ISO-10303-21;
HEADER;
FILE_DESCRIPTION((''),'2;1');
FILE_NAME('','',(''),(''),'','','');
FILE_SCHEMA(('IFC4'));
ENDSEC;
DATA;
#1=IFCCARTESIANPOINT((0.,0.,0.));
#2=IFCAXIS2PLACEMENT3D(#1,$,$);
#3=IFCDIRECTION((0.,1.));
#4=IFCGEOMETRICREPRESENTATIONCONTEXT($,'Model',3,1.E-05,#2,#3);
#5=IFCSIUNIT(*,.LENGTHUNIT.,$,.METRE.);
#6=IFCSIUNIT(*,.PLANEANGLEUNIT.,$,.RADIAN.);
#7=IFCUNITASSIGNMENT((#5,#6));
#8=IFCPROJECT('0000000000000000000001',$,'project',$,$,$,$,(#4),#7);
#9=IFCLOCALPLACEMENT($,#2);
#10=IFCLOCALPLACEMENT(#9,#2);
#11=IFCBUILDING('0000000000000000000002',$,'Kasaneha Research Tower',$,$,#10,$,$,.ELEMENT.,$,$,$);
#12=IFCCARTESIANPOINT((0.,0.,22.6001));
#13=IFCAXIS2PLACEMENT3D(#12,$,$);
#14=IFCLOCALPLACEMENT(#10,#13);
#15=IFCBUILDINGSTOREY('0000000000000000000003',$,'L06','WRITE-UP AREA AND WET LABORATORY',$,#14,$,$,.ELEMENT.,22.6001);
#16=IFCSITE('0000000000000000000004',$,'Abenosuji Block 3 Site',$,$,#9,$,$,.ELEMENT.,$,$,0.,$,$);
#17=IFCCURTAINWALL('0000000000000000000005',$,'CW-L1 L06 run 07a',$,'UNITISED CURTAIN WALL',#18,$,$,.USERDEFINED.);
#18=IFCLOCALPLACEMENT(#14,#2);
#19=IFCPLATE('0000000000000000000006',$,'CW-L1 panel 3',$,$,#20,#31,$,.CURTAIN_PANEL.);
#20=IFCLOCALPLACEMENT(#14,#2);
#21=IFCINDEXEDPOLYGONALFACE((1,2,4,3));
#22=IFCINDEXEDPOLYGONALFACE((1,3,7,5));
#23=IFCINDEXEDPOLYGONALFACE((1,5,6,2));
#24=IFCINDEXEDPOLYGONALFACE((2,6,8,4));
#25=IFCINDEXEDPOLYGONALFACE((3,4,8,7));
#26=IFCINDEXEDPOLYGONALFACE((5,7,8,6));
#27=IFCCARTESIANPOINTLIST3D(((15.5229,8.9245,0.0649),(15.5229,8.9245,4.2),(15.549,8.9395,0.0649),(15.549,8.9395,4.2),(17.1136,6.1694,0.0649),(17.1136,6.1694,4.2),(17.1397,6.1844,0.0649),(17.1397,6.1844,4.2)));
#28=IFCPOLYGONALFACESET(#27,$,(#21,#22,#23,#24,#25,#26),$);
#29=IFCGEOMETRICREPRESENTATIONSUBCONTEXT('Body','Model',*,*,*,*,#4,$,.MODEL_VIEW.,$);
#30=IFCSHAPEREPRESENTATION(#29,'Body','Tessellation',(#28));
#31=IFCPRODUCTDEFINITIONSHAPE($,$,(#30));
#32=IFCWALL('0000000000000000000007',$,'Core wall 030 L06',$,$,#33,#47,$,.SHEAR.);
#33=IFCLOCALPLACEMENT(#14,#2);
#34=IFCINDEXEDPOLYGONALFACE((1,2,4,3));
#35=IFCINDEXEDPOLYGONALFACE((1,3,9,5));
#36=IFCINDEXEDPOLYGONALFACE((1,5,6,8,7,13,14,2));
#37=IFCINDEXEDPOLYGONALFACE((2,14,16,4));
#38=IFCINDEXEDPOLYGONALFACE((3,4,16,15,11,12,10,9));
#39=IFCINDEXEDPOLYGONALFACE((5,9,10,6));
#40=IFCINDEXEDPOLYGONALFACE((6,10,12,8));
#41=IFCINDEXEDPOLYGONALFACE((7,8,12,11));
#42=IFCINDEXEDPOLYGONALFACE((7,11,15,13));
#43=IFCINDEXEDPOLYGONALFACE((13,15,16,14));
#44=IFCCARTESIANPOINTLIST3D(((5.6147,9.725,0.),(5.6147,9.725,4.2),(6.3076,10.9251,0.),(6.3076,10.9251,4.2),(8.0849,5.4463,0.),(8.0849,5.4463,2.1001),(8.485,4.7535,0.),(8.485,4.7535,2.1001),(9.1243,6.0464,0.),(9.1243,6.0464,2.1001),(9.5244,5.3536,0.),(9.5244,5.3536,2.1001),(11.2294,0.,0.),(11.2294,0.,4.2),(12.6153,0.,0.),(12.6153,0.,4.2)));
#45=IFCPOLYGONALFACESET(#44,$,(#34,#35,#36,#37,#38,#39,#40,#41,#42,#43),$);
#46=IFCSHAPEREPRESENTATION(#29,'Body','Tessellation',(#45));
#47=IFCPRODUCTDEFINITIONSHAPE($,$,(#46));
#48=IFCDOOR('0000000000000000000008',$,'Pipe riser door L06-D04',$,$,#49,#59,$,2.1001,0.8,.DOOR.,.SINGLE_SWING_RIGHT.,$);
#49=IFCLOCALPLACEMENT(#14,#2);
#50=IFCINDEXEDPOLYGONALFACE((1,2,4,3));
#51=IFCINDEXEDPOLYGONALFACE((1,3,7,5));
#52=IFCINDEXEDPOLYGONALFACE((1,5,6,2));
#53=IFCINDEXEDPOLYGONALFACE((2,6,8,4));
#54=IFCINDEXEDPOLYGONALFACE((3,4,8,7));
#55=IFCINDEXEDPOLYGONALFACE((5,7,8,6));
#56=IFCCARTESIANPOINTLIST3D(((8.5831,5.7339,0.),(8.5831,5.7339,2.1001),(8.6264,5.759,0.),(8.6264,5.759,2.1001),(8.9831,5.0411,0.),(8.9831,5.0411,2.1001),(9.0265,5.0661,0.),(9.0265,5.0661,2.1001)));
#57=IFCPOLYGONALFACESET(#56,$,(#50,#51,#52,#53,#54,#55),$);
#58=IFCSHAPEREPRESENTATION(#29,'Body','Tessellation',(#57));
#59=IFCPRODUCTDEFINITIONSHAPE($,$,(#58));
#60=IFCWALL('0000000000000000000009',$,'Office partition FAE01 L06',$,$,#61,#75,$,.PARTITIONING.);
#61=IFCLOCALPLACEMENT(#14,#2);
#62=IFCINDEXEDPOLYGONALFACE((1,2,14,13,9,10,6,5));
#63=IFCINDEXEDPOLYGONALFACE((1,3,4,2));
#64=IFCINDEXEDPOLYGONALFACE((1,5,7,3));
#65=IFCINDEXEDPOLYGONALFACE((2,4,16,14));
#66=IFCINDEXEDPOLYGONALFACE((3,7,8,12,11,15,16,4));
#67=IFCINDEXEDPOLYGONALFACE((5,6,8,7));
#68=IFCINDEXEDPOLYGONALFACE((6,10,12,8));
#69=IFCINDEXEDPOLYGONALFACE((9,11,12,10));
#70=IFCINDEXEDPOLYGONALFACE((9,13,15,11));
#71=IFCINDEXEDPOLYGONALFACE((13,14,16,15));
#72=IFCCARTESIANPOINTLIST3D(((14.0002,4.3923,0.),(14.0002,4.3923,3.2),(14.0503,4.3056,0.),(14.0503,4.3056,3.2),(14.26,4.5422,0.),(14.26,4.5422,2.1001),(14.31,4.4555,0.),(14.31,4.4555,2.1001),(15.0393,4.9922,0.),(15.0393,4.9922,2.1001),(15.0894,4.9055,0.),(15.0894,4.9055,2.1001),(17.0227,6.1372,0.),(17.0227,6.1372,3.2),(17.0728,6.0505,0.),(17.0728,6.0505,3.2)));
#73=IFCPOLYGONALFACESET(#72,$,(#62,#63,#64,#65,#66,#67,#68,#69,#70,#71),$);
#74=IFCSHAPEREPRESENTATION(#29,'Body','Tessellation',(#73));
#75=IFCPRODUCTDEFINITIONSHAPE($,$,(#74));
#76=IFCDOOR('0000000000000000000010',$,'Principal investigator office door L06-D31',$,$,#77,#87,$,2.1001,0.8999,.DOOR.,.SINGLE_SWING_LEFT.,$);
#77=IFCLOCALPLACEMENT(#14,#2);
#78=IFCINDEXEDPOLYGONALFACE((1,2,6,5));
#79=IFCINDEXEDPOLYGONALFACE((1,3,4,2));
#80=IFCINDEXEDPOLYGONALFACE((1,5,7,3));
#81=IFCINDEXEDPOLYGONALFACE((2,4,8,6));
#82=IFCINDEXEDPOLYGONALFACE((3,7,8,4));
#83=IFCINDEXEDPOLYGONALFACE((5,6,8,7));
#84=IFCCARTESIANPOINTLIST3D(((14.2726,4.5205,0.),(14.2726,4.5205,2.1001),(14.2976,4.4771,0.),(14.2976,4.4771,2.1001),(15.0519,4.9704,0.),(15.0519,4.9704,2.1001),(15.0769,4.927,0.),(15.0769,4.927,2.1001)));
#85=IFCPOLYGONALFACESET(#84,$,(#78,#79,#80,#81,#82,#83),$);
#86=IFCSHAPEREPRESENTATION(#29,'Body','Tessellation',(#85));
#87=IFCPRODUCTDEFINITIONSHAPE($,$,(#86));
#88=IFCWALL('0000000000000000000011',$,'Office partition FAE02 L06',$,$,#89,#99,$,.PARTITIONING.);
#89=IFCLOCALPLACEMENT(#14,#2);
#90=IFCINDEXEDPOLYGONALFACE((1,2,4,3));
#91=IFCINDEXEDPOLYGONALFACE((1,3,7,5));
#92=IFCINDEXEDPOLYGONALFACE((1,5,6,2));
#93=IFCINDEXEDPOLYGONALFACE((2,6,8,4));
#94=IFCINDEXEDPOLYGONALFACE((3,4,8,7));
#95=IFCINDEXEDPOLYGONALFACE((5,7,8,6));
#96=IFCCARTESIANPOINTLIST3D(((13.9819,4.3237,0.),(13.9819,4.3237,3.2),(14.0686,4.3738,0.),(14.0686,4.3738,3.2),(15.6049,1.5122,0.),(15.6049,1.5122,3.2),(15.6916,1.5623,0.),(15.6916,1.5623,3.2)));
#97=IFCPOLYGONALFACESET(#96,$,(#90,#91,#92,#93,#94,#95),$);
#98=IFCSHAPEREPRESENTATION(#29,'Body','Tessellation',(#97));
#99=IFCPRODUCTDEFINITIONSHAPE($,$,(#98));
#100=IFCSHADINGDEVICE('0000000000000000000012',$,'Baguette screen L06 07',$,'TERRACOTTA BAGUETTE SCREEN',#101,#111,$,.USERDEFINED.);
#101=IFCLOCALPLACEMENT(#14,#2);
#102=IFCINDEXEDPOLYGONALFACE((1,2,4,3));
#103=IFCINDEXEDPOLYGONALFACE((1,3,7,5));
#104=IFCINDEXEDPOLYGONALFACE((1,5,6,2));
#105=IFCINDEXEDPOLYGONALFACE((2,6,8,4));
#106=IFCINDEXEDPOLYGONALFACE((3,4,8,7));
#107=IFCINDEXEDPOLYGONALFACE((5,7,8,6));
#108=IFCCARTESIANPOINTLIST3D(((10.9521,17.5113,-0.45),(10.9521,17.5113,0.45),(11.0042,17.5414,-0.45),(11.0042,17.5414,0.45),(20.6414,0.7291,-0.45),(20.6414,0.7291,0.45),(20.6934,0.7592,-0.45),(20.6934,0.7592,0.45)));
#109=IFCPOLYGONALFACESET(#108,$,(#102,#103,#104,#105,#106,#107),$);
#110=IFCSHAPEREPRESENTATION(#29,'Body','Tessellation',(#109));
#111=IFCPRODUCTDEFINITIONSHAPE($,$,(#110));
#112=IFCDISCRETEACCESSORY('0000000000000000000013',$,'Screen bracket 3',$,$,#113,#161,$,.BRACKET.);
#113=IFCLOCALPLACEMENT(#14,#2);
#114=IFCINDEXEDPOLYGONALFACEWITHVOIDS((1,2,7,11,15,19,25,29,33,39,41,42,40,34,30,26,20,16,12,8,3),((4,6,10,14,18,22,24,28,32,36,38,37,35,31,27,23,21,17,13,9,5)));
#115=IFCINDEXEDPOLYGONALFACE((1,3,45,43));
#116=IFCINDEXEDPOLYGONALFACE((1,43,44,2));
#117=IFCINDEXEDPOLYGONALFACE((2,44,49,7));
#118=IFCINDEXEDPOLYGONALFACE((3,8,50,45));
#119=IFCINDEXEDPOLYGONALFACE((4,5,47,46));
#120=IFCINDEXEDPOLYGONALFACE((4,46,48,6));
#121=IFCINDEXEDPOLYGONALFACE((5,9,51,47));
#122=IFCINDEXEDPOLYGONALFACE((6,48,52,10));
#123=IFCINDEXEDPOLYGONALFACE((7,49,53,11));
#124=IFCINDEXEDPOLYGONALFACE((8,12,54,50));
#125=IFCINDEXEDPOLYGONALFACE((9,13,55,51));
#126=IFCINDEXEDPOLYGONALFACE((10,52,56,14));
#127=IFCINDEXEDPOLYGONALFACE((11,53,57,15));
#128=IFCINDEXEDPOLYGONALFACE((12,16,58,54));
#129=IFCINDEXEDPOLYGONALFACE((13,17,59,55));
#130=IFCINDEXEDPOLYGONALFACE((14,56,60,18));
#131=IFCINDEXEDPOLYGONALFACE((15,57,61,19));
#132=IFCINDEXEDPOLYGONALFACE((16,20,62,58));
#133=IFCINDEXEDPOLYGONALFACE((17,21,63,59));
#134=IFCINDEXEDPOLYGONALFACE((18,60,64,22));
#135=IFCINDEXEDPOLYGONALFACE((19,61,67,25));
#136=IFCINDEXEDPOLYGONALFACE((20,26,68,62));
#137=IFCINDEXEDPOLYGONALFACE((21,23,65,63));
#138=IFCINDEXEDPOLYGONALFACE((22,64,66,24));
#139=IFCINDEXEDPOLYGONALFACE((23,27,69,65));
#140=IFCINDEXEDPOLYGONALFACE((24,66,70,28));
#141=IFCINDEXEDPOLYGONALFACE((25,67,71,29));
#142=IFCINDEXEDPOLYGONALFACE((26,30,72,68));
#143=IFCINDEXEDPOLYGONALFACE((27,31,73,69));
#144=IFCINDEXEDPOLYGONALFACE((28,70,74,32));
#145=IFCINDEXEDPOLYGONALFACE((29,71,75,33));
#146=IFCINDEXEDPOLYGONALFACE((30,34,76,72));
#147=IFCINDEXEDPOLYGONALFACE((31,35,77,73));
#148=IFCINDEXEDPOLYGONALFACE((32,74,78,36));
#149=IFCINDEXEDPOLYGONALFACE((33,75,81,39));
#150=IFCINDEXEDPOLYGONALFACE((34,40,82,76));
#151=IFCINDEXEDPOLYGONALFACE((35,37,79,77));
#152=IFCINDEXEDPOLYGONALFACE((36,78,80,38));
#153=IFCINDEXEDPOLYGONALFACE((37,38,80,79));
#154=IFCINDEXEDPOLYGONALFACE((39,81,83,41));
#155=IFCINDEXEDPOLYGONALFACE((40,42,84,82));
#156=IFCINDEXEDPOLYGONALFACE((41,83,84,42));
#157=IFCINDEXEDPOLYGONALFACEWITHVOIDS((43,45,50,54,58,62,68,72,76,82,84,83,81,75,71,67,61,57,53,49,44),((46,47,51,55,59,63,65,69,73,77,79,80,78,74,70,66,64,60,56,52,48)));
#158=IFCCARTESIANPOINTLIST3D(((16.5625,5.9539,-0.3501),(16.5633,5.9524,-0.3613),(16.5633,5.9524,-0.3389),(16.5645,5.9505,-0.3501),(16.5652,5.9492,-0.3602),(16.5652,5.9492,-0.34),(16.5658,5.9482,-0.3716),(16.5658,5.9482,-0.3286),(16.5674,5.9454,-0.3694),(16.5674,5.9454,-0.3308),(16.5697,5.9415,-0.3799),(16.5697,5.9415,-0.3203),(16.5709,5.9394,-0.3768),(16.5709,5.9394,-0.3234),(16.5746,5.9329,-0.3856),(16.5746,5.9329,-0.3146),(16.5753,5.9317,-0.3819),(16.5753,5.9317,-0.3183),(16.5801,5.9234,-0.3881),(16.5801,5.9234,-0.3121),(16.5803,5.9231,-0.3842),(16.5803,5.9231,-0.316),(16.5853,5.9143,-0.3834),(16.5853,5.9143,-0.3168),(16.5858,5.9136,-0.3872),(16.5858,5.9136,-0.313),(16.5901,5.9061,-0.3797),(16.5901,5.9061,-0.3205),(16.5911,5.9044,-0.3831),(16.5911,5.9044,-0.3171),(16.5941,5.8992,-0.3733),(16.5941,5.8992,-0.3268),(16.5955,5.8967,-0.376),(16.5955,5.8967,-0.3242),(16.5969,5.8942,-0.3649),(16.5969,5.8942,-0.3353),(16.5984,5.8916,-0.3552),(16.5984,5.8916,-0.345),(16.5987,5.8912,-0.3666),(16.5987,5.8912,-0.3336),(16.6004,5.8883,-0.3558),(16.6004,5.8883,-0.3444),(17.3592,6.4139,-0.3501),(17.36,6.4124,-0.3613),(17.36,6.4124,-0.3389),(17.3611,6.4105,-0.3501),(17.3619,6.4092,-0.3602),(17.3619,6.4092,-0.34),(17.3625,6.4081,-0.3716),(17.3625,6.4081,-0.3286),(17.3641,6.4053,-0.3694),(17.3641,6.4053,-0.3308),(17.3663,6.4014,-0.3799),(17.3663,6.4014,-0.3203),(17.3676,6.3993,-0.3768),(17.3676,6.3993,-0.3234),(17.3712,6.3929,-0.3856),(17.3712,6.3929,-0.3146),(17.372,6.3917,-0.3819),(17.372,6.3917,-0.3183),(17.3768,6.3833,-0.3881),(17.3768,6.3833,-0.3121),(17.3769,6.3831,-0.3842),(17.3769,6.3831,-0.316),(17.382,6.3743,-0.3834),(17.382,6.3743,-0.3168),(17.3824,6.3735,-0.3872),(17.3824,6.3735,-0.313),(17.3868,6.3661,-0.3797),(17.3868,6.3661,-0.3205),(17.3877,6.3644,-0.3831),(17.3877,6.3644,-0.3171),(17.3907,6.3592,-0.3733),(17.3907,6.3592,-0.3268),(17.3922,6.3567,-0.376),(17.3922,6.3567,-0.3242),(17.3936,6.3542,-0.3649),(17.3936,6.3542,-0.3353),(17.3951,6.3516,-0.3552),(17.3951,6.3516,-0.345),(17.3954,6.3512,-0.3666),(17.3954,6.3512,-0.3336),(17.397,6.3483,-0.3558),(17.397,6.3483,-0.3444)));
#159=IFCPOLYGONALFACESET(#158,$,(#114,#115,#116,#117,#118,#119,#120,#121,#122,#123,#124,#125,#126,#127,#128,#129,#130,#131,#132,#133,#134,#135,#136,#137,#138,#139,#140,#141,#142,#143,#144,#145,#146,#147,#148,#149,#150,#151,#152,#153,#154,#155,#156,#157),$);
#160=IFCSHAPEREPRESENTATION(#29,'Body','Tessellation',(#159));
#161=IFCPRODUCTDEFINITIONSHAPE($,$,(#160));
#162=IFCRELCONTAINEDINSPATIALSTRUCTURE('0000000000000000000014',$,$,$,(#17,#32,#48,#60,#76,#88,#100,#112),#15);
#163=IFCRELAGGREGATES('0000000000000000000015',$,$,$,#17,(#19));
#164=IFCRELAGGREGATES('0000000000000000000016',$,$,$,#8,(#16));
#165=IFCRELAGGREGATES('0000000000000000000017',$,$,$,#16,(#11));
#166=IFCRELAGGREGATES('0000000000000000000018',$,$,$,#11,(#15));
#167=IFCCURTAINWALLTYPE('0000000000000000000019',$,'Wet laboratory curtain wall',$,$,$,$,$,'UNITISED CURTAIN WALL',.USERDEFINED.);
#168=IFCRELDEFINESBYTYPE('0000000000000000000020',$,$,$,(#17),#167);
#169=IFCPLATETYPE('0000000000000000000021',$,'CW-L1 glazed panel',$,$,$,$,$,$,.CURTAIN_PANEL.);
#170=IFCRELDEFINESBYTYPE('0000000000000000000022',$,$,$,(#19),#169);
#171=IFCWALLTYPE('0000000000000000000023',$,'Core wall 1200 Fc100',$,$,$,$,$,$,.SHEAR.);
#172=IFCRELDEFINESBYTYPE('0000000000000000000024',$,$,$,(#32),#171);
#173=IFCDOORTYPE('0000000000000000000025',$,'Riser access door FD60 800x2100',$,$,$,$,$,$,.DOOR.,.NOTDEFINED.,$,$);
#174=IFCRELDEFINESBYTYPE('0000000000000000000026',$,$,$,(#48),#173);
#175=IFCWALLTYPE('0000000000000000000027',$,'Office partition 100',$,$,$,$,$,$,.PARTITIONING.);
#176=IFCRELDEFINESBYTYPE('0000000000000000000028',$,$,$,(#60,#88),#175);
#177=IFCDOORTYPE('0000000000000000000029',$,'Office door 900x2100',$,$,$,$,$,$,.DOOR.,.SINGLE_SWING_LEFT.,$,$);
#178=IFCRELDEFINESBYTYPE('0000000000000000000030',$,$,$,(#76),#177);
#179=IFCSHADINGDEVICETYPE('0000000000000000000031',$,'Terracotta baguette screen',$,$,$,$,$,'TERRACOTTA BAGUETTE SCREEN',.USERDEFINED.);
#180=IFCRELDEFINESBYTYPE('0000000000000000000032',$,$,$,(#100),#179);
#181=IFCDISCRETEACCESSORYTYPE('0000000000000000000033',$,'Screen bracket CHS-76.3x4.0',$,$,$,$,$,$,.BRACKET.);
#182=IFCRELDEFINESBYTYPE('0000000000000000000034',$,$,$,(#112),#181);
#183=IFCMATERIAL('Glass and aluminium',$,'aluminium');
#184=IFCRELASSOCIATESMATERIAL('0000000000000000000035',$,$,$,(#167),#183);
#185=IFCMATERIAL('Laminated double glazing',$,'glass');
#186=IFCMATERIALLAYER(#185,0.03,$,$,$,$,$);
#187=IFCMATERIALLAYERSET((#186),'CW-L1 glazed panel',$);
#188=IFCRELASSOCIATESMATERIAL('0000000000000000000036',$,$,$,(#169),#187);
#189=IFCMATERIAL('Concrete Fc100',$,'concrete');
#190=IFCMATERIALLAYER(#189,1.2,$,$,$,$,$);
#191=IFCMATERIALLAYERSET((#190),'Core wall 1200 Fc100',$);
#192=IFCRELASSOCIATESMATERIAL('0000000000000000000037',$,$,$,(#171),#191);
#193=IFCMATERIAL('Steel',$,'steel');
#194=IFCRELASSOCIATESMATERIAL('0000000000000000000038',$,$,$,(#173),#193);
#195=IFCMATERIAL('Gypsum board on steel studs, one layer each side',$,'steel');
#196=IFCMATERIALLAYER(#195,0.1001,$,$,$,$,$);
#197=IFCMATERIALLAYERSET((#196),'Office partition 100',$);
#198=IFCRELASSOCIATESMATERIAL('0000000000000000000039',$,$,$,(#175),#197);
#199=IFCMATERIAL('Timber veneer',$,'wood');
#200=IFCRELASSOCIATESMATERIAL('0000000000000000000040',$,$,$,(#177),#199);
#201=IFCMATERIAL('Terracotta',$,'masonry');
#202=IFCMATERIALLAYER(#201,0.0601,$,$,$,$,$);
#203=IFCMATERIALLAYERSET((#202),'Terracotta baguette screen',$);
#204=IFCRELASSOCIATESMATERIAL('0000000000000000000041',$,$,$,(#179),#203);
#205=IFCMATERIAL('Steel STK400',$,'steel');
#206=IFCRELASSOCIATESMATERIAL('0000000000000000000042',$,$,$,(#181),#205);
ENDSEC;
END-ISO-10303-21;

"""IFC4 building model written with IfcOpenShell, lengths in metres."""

from ifc_helpers import new_model, si_unit, direction, frame, frame_2d, origin, origin_2d, place, context, subcontext, project, spatial, polyline, rectangle, hollow_circle, outline, extrude, material, layer, layer_set, material_profile, profile_set, type_object, element, fill, aggregate, save


model = new_model("IFC4")

# Units and contexts
model_context = context("Model", 3, precision=1e-05, world=origin(), true_north=direction((0.0, 1.0)))
body_context = subcontext(model_context, "Body", "Model", "MODEL_VIEW")
ifc_project = project(units=[si_unit("LENGTHUNIT", "METRE"), si_unit("PLANEANGLEUNIT", "RADIAN")], contexts=[model_context])

# Site, building, storey
site_placement = place(None, origin())
site = spatial("IfcSite", under=ifc_project, at=site_placement, Name="Abenosuji Block 3 Site", CompositionType="ELEMENT", RefElevation=0.0)
building_placement = place(site_placement, origin())
building = spatial("IfcBuilding", under=site, at=building_placement, Name="Kasaneha Research Tower", CompositionType="ELEMENT")
storey_placement = place(building_placement, frame((0.0, 0.0, 22.6001)))
storey = spatial("IfcBuildingStorey", under=building, at=storey_placement, Name="L06", Description="WRITE-UP AREA AND WET LABORATORY", CompositionType="ELEMENT", Elevation=22.6001)

# Curtain wall
ifc_material_1 = material(Name="Glass and aluminium", Category="aluminium")
curtain_wall_type = type_object("IfcCurtainWallType", Name="Wet laboratory curtain wall", ElementType="UNITISED CURTAIN WALL", PredefinedType="USERDEFINED", material=ifc_material_1)
curtain_wall_placement = place(storey_placement, origin())
curtain_wall = element("IfcCurtainWall", 1, at=curtain_wall_placement, inside=storey, type_object=curtain_wall_type, Name="CW-L1 L06 run 07a", ObjectType="UNITISED CURTAIN WALL", PredefinedType="USERDEFINED")

# Plate
ifc_material_2 = material(Name="Laminated double glazing", Category="glass")
ifc_layer_1 = layer(ifc_material_2, 0.03)
ifc_layer_set_1 = layer_set([ifc_layer_1], Name="CW-L1 glazed panel")
plate_type = type_object("IfcPlateType", Name="CW-L1 glazed panel", PredefinedType="CURTAIN_PANEL", material=ifc_layer_set_1)
plate_placement = place(storey_placement, frame((16.3313, 7.5544, 0.0649), z_axis=(0.0, 0.0, 1.0), x_axis=(-0.5, 0.866025, 0.0)))
plate = element("IfcPlate", 2, at=plate_placement, type_object=plate_type, Name="CW-L1 panel 3", PredefinedType="CURTAIN_PANEL", context=body_context, shape_type="SweptSolid", body=[
    extrude(rectangle(XDim=3.1814, YDim=0.03, at=origin_2d()), origin(), (0.0, 0.0, 1.0), 4.135),
])
aggregate(curtain_wall, [plate])

# Walls, openings, doors
ifc_material_3 = material(Name="Concrete Fc100", Category="concrete")
ifc_layer_2 = layer(ifc_material_3, 1.2)
ifc_layer_set_2 = layer_set([ifc_layer_2], Name="Core wall 1200 Fc100")
wall_type_1 = type_object("IfcWallType", Name="Core wall 1200 Fc100", PredefinedType="SHEAR", material=ifc_layer_set_2)
wall_1_placement = place(storey_placement, frame((11.9224, 0.0, 0.0), z_axis=(0.0, 0.0, 1.0), x_axis=(-0.500004, 0.866023, 0.0)))
wall_1 = element("IfcWall", 3, at=wall_1_placement, inside=storey, type_object=wall_type_1, Name="Core wall 030 L06", PredefinedType="SHEAR", context=body_context, shape_type="SweptSolid", body=[
    extrude(outline(polyline([(-0.3464, -0.6001), (5.8354, -0.6001), (6.6355, -0.6001), (12.2688, -0.6001), (11.5759, 0.6001), (6.6355, 0.6001), (5.8354, 0.6001), (0.3464, 0.6001), (-0.3464, -0.6001)])), origin(), (0.0, 0.0, 1.0), 4.2),
])
opening_1_placement = place(wall_1_placement, frame((5.8354, 0.0, 0.0)))
opening_1 = element("IfcOpeningElement", 4, at=opening_1_placement, cuts=wall_1, PredefinedType="OPENING", context=body_context, shape_type="SweptSolid", body=[
    extrude(rectangle(XDim=0.8, YDim=2.1001, at=frame_2d((0.3999, 1.05))), frame((0.0, 0.6099, 0.0), z_axis=(0.0, -1.0, 0.0), x_axis=(1.0, 0.0, 0.0)), (0.0, 0.0, 1.0), 1.22),
])
ifc_material_4 = material(Name="Steel", Category="steel")
door_type_1 = type_object("IfcDoorType", Name="Riser access door FD60 800x2100", OperationType="NOTDEFINED", PredefinedType="DOOR", material=ifc_material_4)
door_1_placement = place(opening_1_placement, origin())
door_1 = element("IfcDoor", 5, at=door_1_placement, inside=storey, type_object=door_type_1, Name="Pipe riser door L06-D04", OperationType="SINGLE_SWING_RIGHT", OverallHeight=2.1001, OverallWidth=0.8, PredefinedType="DOOR", context=body_context, shape_type="SweptSolid", body=[
    extrude(rectangle(XDim=0.8, YDim=2.1001, at=frame_2d((0.3999, 1.05))), frame((0.0, 0.0249, 0.0), z_axis=(0.0, -1.0, 0.0), x_axis=(1.0, 0.0, 0.0)), (0.0, 0.0, 1.0), 0.05),
])
fill(opening_1, door_1)
ifc_material_5 = material(Name="Gypsum board on steel studs, one layer each side", Category="steel")
ifc_layer_3 = layer(ifc_material_5, 0.1001)
ifc_layer_set_3 = layer_set([ifc_layer_3], Name="Office partition 100")
wall_type_2 = type_object("IfcWallType", Name="Office partition 100", PredefinedType="PARTITIONING", material=ifc_layer_set_3)
wall_2_placement = place(storey_placement, frame((14.0251, 4.3489, 0.0), z_axis=(0.0, 0.0, 1.0), x_axis=(0.866043, 0.499969, 0.0)))
wall_2 = element("IfcWall", 6, at=wall_2_placement, inside=storey, type_object=wall_type_2, Name="Office partition FAE01 L06", PredefinedType="PARTITIONING", context=body_context, shape_type="SweptSolid", body=[
    extrude(rectangle(XDim=3.49, YDim=0.1001, at=frame_2d((1.7451, 0.0))), origin(), (0.0, 0.0, 1.0), 3.2),
])
opening_2_placement = place(wall_2_placement, frame((0.3, 0.0, 0.0)))
opening_2 = element("IfcOpeningElement", 7, at=opening_2_placement, cuts=wall_2, PredefinedType="OPENING", context=body_context, shape_type="SweptSolid", body=[
    extrude(rectangle(XDim=0.8999, YDim=2.1001, at=frame_2d((0.45, 1.05))), frame((0.0, 0.0601, 0.0), z_axis=(0.0, -1.0, 0.0), x_axis=(1.0, 0.0, 0.0)), (0.0, 0.0, 1.0), 0.1201),
])
ifc_material_6 = material(Name="Timber veneer", Category="wood")
door_type_2 = type_object("IfcDoorType", Name="Office door 900x2100", OperationType="SINGLE_SWING_LEFT", PredefinedType="DOOR", material=ifc_material_6)
door_2_placement = place(opening_2_placement, origin())
door_2 = element("IfcDoor", 8, at=door_2_placement, inside=storey, type_object=door_type_2, Name="Principal investigator office door L06-D31", OperationType="SINGLE_SWING_LEFT", OverallHeight=2.1001, OverallWidth=0.8999, PredefinedType="DOOR", context=body_context, shape_type="SweptSolid", body=[
    extrude(rectangle(XDim=0.8999, YDim=2.1001, at=frame_2d((0.45, 1.05))), frame((0.0, 0.0249, 0.0), z_axis=(0.0, -1.0, 0.0), x_axis=(1.0, 0.0, 0.0)), (0.0, 0.0, 1.0), 0.05),
])
fill(opening_2, door_2)

# Wall
wall_3_placement = place(storey_placement, frame((15.6482, 1.5374, 0.0), z_axis=(0.0, 0.0, 1.0), x_axis=(-0.499957, 0.86605, 0.0)))
element("IfcWall", 9, at=wall_3_placement, inside=storey, type_object=wall_type_2, Name="Office partition FAE02 L06", PredefinedType="PARTITIONING", context=body_context, shape_type="SweptSolid", body=[
    extrude(rectangle(XDim=3.2463, YDim=0.1001, at=frame_2d((1.623, 0.0))), origin(), (0.0, 0.0, 1.0), 3.2),
])

# Shading device
ifc_material_7 = material(Name="Terracotta", Category="masonry")
ifc_layer_4 = layer(ifc_material_7, 0.0601)
ifc_layer_set_4 = layer_set([ifc_layer_4], Name="Terracotta baguette screen")
shading_device_type = type_object("IfcShadingDeviceType", Name="Terracotta baguette screen", ElementType="TERRACOTTA BAGUETTE SCREEN", PredefinedType="USERDEFINED", material=ifc_layer_set_4)
shading_device_placement = place(storey_placement, frame((15.8228, 9.1353, -0.45), z_axis=(0.0, 0.0, 1.0), x_axis=(-0.5, 0.866025, 0.0)))
element("IfcShadingDevice", 10, at=shading_device_placement, inside=storey, type_object=shading_device_type, Name="Baguette screen L06 07", ObjectType="TERRACOTTA BAGUETTE SCREEN", PredefinedType="USERDEFINED", context=body_context, shape_type="SweptSolid", body=[
    extrude(rectangle(XDim=19.3784, YDim=0.0601, at=origin_2d()), origin(), (0.0, 0.0, 1.0), 0.8999),
])

# Discrete accessory
ifc_material_8 = material(Name="Steel STK400", Category="steel")
ifc_material_profile_1 = material_profile(ifc_material_8, hollow_circle(Radius=0.0381, WallThickness=0.0039, at=origin_2d()), Name="CHS-76.3x4.0")
ifc_profile_set_1 = profile_set([ifc_material_profile_1], Name="Steel STK400")
discrete_accessory_type = type_object("IfcDiscreteAccessoryType", Name="Screen bracket CHS-76.3x4.0", PredefinedType="BRACKET", material=ifc_profile_set_1)
for number, where, z_axis, x_axis, name in (
    (11, (16.5815, 5.9209, -0.3501), (0.866013, 0.500021, 0.0), (-0.500021, 0.866013, 0.0), "Screen bracket 3"),
):
    element("IfcDiscreteAccessory", number, at=place(storey_placement, frame(where, z_axis=z_axis, x_axis=x_axis)), inside=storey, type_object=discrete_accessory_type, Name=name, PredefinedType="BRACKET", context=body_context, shape_type="SweptSolid", body=[
        extrude(hollow_circle(Radius=0.0381, WallThickness=0.0039, at=origin_2d()), origin(), (0.0, 0.0, 1.0), 0.9199),
    ])

save(model, "model.ifc")
